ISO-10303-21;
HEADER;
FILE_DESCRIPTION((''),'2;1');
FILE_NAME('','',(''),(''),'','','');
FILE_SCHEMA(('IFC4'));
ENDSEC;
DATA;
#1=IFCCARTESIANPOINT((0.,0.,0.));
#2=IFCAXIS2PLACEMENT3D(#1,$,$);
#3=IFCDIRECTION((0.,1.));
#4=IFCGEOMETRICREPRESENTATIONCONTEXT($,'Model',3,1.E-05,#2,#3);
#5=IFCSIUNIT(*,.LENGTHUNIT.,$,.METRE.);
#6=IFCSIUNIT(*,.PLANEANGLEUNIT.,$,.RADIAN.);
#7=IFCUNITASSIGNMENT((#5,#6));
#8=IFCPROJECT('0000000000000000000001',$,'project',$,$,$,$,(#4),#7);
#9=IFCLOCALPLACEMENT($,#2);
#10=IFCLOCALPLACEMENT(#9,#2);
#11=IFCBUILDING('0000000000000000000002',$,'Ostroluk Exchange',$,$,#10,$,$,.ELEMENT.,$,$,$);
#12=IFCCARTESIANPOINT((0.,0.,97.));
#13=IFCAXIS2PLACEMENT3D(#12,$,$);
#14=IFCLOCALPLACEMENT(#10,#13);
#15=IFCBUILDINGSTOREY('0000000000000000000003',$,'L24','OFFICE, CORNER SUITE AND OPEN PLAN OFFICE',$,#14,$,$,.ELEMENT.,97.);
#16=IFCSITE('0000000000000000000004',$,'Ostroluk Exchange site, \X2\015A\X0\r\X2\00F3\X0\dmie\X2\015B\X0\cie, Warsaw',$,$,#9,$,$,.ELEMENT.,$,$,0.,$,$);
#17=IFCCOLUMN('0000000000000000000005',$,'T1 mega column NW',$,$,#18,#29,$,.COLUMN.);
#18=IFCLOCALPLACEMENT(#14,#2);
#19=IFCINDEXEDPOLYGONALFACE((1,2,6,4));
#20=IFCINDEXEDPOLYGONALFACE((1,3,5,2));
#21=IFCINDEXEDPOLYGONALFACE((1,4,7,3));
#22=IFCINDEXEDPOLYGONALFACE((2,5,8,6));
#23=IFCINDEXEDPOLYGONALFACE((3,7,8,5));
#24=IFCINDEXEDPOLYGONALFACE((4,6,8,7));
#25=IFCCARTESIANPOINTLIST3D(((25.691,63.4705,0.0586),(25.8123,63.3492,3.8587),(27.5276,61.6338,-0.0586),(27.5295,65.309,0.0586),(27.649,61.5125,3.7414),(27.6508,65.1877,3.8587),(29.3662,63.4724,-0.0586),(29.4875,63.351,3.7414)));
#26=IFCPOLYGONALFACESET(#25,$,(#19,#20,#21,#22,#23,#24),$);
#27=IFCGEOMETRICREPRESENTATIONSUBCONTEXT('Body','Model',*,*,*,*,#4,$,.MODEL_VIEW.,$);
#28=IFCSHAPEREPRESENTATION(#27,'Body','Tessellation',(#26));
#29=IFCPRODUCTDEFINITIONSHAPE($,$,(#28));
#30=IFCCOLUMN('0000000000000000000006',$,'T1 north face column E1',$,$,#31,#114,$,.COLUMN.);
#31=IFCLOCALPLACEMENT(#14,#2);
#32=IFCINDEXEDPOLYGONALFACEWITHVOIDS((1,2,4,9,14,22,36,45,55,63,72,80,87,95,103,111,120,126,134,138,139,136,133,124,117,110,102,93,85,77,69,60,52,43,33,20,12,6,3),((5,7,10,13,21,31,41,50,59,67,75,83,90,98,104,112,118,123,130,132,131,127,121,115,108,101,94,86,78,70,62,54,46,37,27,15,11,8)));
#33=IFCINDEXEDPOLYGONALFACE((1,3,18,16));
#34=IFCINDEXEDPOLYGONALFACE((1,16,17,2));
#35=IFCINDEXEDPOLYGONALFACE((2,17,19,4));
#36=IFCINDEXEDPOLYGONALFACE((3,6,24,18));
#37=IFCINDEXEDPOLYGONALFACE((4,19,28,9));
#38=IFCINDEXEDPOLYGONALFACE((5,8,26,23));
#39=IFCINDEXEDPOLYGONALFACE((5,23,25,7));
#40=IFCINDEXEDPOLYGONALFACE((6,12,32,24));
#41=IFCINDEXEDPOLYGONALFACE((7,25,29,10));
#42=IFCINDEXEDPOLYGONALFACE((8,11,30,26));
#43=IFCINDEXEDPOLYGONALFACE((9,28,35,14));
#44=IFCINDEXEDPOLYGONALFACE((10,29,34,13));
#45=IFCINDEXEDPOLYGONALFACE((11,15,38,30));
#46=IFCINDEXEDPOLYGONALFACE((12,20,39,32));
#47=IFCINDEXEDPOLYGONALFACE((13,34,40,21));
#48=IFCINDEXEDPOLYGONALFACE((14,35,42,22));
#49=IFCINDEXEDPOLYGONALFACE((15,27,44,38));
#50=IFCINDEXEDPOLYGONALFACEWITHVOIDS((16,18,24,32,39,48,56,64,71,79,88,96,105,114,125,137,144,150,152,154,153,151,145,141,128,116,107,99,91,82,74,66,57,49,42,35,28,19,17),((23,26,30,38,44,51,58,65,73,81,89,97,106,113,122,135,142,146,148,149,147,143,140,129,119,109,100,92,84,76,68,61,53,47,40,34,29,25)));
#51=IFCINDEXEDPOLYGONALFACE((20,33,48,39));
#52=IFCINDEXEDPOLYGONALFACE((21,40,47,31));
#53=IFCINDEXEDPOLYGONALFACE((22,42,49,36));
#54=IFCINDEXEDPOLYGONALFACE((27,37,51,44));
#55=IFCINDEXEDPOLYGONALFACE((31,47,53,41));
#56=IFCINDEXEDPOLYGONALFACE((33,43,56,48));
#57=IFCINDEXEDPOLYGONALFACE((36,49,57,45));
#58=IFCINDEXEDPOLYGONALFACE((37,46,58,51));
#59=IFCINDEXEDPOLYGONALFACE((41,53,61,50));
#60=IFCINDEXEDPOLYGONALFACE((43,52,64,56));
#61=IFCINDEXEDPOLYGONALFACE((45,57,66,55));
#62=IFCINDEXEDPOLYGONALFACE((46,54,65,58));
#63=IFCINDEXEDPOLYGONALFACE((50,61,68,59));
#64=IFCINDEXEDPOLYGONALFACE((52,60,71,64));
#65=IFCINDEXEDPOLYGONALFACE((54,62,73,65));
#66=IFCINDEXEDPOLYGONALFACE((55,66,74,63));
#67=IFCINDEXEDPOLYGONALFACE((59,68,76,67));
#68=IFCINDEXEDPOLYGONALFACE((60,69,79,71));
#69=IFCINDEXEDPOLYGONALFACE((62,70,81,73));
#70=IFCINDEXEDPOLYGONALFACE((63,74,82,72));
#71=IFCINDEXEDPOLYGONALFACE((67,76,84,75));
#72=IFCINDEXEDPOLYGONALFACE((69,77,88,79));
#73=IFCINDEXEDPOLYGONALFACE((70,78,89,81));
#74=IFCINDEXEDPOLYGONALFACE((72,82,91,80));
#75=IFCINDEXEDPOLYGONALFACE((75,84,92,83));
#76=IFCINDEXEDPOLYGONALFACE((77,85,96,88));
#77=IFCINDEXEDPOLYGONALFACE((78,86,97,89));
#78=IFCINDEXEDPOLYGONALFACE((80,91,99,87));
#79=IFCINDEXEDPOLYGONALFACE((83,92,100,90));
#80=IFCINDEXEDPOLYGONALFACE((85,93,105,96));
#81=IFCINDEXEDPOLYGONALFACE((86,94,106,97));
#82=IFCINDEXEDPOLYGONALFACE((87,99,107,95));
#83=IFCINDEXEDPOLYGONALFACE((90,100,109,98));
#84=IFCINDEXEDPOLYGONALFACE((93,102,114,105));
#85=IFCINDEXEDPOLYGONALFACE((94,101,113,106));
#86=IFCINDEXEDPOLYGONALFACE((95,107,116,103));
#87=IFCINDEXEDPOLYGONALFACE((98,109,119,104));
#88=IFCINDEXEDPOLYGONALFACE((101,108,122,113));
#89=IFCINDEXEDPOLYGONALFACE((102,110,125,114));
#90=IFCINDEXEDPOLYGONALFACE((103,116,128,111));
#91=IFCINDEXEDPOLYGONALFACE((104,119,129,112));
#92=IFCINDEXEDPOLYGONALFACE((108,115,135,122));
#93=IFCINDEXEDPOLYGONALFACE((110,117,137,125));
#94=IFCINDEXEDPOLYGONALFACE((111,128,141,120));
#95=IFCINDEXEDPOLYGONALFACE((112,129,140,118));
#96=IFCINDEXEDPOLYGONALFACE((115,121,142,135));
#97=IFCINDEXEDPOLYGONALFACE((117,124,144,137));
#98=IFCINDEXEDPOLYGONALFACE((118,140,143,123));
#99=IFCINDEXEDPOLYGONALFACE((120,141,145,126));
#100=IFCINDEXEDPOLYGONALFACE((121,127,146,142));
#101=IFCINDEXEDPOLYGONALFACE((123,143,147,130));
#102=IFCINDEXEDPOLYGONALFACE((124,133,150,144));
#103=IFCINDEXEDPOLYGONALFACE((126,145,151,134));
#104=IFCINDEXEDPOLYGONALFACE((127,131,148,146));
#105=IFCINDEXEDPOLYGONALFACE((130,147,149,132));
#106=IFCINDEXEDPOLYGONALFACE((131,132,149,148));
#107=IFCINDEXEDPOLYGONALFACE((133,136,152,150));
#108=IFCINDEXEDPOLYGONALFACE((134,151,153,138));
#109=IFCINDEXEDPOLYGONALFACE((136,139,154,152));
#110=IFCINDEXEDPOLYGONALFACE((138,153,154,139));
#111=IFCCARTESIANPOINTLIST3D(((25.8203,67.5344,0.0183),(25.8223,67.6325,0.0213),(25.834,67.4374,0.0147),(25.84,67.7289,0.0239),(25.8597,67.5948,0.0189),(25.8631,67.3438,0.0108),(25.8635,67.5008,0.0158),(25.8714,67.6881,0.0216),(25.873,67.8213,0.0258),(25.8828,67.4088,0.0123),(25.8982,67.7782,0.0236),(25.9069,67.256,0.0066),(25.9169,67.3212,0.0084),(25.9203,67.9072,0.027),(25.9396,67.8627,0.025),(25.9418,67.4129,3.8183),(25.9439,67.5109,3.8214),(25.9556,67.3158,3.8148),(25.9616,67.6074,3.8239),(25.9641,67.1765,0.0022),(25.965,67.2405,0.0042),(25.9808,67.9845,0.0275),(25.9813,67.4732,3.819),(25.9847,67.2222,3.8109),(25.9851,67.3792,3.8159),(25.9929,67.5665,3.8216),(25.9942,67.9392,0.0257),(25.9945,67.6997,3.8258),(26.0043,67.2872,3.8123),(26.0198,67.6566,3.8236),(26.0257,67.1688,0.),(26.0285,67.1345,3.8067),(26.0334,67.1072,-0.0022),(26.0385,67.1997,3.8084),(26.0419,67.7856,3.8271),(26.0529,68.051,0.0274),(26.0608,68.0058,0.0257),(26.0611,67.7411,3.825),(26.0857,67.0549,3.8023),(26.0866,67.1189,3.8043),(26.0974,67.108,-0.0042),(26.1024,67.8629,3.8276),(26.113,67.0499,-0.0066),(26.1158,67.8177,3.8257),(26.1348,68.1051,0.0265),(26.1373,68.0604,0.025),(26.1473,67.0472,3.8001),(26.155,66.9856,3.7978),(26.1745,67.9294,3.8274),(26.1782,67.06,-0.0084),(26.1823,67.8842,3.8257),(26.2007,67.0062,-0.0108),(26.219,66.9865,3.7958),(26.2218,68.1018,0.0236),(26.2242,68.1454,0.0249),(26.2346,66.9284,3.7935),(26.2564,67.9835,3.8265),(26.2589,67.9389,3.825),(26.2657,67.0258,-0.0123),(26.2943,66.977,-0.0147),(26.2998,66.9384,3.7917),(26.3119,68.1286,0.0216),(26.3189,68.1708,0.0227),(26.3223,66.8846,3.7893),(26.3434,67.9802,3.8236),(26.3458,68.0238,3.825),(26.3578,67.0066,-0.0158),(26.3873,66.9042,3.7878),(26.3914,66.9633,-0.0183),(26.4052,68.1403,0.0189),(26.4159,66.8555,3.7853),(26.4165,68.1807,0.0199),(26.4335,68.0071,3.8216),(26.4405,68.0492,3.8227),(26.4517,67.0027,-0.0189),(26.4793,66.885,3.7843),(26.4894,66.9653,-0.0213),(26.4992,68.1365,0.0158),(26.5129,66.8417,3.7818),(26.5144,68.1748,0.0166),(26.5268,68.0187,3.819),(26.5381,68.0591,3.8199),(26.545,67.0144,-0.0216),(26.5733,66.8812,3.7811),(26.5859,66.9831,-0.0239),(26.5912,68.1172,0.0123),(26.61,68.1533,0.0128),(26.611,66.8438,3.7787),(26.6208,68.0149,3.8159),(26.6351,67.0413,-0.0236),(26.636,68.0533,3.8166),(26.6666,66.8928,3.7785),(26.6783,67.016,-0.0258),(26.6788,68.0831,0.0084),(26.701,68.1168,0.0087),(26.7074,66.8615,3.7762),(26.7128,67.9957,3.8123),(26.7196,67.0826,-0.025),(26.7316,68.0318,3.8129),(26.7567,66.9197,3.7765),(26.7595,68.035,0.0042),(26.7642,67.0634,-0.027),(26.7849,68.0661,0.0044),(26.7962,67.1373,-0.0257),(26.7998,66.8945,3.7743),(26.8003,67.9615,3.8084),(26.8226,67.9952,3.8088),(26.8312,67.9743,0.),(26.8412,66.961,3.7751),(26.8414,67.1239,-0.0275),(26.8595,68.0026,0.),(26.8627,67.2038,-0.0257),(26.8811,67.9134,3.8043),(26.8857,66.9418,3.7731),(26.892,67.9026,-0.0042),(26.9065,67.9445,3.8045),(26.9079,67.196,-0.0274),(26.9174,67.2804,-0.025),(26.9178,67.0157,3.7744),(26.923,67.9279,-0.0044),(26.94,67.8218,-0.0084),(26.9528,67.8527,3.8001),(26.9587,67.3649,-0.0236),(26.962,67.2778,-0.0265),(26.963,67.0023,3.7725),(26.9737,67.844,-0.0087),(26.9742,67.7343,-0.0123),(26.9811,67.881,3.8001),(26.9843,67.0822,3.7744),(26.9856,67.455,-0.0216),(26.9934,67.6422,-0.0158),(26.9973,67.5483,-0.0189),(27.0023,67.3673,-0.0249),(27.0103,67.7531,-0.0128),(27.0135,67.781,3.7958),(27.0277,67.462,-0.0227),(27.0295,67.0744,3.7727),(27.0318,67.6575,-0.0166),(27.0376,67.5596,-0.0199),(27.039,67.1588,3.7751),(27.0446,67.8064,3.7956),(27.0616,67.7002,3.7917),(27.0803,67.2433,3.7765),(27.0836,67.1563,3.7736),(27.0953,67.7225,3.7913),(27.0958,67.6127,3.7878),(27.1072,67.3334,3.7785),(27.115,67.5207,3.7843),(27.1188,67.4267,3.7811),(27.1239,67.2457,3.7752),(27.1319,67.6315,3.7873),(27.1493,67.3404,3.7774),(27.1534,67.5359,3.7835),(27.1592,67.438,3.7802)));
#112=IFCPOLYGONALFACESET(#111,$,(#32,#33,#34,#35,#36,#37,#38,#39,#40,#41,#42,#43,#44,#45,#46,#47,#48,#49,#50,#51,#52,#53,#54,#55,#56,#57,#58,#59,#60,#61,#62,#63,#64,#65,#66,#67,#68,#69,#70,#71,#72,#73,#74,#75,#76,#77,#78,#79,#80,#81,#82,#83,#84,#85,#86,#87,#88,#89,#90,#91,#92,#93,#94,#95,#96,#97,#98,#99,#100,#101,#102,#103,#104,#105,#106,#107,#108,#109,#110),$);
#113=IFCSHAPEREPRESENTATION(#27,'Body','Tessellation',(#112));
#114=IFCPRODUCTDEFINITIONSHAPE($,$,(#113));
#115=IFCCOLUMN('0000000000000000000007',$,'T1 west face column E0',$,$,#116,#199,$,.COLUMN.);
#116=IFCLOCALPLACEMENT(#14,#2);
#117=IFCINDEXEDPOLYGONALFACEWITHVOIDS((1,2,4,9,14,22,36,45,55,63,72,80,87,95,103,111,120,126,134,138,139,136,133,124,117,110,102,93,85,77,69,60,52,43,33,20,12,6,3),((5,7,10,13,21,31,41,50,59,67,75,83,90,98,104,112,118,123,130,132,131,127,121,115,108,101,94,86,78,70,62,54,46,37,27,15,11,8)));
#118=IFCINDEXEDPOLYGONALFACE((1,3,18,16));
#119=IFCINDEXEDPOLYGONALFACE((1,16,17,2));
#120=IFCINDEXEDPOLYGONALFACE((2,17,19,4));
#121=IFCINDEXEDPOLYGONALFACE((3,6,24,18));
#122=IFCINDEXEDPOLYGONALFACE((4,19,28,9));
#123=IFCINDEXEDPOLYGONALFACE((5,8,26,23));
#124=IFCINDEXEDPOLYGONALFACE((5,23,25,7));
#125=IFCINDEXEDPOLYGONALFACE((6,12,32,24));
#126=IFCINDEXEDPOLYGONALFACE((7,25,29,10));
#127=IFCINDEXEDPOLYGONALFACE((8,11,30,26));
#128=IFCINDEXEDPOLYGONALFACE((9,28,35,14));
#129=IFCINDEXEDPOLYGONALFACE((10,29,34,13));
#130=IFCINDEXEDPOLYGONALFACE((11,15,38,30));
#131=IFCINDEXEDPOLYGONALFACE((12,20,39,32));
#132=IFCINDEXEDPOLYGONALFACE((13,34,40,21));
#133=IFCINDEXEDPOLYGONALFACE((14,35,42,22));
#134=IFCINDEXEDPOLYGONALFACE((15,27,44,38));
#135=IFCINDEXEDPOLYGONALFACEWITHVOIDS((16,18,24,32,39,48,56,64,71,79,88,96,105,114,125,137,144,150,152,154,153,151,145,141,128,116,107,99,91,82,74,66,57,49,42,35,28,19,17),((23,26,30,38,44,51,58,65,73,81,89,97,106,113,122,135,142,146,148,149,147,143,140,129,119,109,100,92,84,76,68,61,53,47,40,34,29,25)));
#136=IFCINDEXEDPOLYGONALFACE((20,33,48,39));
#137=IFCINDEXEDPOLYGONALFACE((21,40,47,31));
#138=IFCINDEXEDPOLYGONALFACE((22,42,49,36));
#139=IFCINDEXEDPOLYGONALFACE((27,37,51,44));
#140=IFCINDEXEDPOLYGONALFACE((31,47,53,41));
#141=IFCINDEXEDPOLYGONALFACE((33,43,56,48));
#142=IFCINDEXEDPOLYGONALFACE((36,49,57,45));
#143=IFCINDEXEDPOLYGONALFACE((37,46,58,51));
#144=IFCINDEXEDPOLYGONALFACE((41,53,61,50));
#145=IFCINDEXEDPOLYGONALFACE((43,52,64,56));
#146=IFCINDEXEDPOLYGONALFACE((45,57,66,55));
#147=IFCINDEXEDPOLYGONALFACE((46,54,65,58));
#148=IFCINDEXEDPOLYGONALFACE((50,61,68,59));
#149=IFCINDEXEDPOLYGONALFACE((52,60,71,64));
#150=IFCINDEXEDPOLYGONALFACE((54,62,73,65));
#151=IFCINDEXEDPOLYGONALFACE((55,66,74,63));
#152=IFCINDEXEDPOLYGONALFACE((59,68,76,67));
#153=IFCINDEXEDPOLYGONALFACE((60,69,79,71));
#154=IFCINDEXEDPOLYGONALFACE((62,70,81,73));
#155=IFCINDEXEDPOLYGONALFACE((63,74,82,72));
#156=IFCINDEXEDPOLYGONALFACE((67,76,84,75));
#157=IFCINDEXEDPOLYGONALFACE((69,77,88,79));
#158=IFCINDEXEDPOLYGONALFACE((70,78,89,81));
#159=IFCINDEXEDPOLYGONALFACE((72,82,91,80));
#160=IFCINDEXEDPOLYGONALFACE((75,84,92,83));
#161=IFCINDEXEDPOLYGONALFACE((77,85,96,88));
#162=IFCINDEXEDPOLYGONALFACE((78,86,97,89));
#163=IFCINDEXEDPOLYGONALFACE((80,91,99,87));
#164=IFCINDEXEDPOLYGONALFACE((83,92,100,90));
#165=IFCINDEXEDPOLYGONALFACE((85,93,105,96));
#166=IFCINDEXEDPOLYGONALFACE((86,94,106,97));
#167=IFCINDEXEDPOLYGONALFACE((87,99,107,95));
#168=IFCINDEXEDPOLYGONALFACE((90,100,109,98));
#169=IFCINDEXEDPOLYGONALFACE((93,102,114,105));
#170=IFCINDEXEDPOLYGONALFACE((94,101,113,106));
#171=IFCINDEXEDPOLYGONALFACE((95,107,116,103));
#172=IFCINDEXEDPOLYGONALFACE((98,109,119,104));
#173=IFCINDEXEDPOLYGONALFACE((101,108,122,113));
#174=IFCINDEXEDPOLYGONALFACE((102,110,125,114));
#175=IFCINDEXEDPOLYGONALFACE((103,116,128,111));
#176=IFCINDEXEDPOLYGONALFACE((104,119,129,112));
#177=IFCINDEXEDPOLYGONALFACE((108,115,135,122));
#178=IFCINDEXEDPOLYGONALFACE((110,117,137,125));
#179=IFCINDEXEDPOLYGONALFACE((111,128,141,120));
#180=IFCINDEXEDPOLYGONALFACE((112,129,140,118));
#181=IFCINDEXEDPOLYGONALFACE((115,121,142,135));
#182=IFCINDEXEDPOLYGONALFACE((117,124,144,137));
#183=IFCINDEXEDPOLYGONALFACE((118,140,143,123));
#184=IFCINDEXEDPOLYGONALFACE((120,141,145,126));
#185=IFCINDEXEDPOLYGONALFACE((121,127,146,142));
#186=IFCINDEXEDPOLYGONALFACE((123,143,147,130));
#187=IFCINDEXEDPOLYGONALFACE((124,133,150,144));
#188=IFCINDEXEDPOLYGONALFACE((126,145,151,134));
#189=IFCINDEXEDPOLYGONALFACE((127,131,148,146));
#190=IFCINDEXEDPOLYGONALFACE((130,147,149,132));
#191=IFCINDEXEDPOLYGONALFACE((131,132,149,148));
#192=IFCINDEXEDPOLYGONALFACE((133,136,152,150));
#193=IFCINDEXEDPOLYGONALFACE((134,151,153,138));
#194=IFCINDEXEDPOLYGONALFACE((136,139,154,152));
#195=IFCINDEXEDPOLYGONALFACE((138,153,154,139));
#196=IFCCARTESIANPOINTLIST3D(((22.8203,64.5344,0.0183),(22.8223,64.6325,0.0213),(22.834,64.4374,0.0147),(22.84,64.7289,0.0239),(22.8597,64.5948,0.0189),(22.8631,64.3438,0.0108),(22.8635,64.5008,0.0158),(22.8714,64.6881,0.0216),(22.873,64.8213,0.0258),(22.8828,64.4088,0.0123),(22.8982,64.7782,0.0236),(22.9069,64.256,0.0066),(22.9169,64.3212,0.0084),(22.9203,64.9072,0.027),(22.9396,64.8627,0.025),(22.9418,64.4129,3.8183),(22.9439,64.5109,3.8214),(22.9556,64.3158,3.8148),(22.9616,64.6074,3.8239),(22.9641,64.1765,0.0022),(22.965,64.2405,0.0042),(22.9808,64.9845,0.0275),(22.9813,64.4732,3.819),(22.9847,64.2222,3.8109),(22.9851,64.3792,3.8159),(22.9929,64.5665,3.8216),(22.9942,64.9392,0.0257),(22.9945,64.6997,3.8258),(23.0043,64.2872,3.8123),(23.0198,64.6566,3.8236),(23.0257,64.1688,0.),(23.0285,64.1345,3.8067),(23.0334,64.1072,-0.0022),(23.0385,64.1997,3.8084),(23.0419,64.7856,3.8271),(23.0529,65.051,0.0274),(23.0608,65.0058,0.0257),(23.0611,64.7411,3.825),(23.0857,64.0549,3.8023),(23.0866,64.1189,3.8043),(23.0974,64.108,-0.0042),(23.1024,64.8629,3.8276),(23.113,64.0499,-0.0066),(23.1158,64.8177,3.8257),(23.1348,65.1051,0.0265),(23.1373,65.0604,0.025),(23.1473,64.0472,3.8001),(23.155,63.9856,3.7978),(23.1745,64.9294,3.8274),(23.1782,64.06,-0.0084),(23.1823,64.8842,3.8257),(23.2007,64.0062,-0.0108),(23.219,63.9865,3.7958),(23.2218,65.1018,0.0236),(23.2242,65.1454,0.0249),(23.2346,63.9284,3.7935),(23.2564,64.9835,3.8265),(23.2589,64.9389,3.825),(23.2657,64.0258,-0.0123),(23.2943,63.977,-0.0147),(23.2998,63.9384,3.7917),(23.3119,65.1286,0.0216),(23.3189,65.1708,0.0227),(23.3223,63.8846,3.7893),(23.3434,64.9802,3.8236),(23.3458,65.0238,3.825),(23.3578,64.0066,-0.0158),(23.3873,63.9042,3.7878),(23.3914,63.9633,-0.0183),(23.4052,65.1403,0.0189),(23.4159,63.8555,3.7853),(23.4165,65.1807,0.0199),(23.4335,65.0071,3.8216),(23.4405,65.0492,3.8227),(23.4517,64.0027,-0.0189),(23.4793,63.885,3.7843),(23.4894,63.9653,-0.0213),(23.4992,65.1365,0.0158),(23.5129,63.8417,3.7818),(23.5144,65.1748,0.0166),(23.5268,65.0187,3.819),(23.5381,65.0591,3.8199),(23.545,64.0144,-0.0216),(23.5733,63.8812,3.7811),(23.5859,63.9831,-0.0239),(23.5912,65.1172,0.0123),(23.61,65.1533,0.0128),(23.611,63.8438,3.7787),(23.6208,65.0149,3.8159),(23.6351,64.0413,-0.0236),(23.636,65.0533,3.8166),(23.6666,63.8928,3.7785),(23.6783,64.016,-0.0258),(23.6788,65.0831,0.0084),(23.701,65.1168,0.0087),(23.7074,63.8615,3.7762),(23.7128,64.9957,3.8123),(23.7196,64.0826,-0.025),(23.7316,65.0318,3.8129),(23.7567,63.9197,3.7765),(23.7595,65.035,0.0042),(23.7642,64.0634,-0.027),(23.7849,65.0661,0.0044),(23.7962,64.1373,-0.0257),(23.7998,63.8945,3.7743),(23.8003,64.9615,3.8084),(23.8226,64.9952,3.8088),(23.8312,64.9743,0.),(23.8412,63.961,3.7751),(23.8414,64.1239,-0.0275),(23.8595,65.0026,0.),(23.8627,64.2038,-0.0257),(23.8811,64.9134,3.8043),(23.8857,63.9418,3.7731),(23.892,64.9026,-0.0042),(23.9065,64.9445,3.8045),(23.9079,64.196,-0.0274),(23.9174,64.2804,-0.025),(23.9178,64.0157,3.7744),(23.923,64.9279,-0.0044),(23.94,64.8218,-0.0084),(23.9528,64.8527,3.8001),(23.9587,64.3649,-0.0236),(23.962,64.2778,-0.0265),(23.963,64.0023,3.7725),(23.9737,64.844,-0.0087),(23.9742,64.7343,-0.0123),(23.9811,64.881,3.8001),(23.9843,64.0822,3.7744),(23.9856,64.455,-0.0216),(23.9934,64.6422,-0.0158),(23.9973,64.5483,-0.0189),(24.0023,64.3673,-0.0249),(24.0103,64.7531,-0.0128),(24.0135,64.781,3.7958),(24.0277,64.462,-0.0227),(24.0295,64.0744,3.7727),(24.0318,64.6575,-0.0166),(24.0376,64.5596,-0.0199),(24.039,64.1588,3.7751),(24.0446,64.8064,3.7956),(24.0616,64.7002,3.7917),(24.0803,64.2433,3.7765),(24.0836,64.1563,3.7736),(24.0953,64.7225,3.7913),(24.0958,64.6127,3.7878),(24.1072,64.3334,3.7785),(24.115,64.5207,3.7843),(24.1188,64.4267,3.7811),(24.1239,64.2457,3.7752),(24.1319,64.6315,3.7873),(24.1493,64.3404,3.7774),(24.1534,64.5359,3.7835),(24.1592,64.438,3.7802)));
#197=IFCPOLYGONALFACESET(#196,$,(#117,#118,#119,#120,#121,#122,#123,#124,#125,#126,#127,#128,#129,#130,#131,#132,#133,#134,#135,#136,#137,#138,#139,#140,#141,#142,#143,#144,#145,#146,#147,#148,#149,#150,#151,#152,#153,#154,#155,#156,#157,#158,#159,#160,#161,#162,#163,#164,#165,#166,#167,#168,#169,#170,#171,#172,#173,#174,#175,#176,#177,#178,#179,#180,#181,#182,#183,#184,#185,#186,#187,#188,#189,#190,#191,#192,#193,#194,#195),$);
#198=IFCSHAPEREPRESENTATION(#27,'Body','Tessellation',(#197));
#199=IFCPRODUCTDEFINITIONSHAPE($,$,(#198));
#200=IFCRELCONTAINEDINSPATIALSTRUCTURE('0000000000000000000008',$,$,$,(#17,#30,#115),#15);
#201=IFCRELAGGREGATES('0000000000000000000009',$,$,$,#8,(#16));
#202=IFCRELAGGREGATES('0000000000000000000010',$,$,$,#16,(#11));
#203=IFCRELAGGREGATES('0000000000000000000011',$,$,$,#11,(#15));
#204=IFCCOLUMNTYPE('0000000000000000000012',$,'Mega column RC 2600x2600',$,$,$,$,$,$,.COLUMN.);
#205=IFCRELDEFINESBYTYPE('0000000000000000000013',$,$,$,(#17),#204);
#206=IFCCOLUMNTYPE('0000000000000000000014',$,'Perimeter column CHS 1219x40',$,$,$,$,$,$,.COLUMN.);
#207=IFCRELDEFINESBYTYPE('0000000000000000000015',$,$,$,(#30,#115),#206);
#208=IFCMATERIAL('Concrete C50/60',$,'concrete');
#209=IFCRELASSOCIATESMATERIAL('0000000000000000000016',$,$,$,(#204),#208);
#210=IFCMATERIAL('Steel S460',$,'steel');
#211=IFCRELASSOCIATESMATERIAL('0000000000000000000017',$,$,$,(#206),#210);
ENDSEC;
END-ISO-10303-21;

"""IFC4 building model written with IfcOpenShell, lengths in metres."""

from ifc_helpers import new_model, si_unit, direction, frame, origin, origin_2d, place, context, subcontext, project, spatial, rectangle, hollow_circle, extrude, material, material_profile, profile_set, type_object, element, save


model = new_model("IFC4")

# Units and contexts
model_context = context("Model", 3, precision=1e-05, world=origin(), true_north=direction((0.0, 1.0)))
body_context = subcontext(model_context, "Body", "Model", "MODEL_VIEW")
ifc_project = project(units=[si_unit("LENGTHUNIT", "METRE"), si_unit("PLANEANGLEUNIT", "RADIAN")], contexts=[model_context])

# Site, building, storey
site_placement = place(None, origin())
site = spatial("IfcSite", under=ifc_project, at=site_placement, Name="Ostroluk Exchange site, Śródmieście, Warsaw", CompositionType="ELEMENT", RefElevation=0.0)
building_placement = place(site_placement, origin())
building = spatial("IfcBuilding", under=site, at=building_placement, Name="Ostroluk Exchange", CompositionType="ELEMENT")
storey_placement = place(building_placement, frame((0.0, 0.0, 97.0)))
storey = spatial("IfcBuildingStorey", under=building, at=storey_placement, Name="L24", Description="OFFICE, CORNER SUITE AND OPEN PLAN OFFICE", CompositionType="ELEMENT", Elevation=97.0)

# Columns
ifc_material_1 = material(Name="Concrete C50/60", Category="concrete")
ifc_material_profile_1 = material_profile(ifc_material_1, rectangle(XDim=2.6001, YDim=2.6001, at=origin_2d()), Name="RC 2600x2600")
ifc_profile_set_1 = profile_set([ifc_material_profile_1], Name="Concrete C50/60")
column_type_1 = type_object("IfcColumnType", Name="Mega column RC 2600x2600", PredefinedType="COLUMN", material=ifc_profile_set_1)
column_placement = place(storey_placement, frame((27.5286, 63.4714, 0.0), z_axis=(0.031898, -0.031898, 0.998982), x_axis=(0.707107, 0.707107, 0.0)))
element("IfcColumn", 1, at=column_placement, inside=storey, type_object=column_type_1, Name="T1 mega column NW", PredefinedType="COLUMN", context=body_context, shape_type="SweptSolid", body=[
    extrude(rectangle(XDim=2.6001, YDim=2.6001, at=origin_2d()), origin(), (0.0, 0.0, 1.0), 3.804),
])
ifc_material_2 = material(Name="Steel S460", Category="steel")
ifc_material_profile_2 = material_profile(ifc_material_2, hollow_circle(Radius=0.6096, WallThickness=0.04, at=origin_2d()), Name="CHS 1219x40")
ifc_profile_set_2 = profile_set([ifc_material_profile_2], Name="Steel S460")
column_type_2 = type_object("IfcColumnType", Name="Perimeter column CHS 1219x40", PredefinedType="COLUMN", material=ifc_profile_set_2)
for number, where, z_axis, x_axis, name in (
    (2, (26.4285, 67.5715, 0.0), (0.031962, -0.031962, 0.998978), (0.707107, 0.707107, 0.0), "T1 north face column E1"),
    (3, (23.4285, 64.5715, 0.0), (0.031962, -0.031962, 0.998978), (0.707107, 0.707107, 0.0), "T1 west face column E0"),
):
    element("IfcColumn", number, at=place(storey_placement, frame(where, z_axis=z_axis, x_axis=x_axis)), inside=storey, type_object=column_type_2, Name=name, PredefinedType="COLUMN", context=body_context, shape_type="SweptSolid", body=[
        extrude(hollow_circle(Radius=0.6096, WallThickness=0.04, at=origin_2d()), origin(), (0.0, 0.0, 1.0), 3.804),
    ])

save(model, "model.ifc")
